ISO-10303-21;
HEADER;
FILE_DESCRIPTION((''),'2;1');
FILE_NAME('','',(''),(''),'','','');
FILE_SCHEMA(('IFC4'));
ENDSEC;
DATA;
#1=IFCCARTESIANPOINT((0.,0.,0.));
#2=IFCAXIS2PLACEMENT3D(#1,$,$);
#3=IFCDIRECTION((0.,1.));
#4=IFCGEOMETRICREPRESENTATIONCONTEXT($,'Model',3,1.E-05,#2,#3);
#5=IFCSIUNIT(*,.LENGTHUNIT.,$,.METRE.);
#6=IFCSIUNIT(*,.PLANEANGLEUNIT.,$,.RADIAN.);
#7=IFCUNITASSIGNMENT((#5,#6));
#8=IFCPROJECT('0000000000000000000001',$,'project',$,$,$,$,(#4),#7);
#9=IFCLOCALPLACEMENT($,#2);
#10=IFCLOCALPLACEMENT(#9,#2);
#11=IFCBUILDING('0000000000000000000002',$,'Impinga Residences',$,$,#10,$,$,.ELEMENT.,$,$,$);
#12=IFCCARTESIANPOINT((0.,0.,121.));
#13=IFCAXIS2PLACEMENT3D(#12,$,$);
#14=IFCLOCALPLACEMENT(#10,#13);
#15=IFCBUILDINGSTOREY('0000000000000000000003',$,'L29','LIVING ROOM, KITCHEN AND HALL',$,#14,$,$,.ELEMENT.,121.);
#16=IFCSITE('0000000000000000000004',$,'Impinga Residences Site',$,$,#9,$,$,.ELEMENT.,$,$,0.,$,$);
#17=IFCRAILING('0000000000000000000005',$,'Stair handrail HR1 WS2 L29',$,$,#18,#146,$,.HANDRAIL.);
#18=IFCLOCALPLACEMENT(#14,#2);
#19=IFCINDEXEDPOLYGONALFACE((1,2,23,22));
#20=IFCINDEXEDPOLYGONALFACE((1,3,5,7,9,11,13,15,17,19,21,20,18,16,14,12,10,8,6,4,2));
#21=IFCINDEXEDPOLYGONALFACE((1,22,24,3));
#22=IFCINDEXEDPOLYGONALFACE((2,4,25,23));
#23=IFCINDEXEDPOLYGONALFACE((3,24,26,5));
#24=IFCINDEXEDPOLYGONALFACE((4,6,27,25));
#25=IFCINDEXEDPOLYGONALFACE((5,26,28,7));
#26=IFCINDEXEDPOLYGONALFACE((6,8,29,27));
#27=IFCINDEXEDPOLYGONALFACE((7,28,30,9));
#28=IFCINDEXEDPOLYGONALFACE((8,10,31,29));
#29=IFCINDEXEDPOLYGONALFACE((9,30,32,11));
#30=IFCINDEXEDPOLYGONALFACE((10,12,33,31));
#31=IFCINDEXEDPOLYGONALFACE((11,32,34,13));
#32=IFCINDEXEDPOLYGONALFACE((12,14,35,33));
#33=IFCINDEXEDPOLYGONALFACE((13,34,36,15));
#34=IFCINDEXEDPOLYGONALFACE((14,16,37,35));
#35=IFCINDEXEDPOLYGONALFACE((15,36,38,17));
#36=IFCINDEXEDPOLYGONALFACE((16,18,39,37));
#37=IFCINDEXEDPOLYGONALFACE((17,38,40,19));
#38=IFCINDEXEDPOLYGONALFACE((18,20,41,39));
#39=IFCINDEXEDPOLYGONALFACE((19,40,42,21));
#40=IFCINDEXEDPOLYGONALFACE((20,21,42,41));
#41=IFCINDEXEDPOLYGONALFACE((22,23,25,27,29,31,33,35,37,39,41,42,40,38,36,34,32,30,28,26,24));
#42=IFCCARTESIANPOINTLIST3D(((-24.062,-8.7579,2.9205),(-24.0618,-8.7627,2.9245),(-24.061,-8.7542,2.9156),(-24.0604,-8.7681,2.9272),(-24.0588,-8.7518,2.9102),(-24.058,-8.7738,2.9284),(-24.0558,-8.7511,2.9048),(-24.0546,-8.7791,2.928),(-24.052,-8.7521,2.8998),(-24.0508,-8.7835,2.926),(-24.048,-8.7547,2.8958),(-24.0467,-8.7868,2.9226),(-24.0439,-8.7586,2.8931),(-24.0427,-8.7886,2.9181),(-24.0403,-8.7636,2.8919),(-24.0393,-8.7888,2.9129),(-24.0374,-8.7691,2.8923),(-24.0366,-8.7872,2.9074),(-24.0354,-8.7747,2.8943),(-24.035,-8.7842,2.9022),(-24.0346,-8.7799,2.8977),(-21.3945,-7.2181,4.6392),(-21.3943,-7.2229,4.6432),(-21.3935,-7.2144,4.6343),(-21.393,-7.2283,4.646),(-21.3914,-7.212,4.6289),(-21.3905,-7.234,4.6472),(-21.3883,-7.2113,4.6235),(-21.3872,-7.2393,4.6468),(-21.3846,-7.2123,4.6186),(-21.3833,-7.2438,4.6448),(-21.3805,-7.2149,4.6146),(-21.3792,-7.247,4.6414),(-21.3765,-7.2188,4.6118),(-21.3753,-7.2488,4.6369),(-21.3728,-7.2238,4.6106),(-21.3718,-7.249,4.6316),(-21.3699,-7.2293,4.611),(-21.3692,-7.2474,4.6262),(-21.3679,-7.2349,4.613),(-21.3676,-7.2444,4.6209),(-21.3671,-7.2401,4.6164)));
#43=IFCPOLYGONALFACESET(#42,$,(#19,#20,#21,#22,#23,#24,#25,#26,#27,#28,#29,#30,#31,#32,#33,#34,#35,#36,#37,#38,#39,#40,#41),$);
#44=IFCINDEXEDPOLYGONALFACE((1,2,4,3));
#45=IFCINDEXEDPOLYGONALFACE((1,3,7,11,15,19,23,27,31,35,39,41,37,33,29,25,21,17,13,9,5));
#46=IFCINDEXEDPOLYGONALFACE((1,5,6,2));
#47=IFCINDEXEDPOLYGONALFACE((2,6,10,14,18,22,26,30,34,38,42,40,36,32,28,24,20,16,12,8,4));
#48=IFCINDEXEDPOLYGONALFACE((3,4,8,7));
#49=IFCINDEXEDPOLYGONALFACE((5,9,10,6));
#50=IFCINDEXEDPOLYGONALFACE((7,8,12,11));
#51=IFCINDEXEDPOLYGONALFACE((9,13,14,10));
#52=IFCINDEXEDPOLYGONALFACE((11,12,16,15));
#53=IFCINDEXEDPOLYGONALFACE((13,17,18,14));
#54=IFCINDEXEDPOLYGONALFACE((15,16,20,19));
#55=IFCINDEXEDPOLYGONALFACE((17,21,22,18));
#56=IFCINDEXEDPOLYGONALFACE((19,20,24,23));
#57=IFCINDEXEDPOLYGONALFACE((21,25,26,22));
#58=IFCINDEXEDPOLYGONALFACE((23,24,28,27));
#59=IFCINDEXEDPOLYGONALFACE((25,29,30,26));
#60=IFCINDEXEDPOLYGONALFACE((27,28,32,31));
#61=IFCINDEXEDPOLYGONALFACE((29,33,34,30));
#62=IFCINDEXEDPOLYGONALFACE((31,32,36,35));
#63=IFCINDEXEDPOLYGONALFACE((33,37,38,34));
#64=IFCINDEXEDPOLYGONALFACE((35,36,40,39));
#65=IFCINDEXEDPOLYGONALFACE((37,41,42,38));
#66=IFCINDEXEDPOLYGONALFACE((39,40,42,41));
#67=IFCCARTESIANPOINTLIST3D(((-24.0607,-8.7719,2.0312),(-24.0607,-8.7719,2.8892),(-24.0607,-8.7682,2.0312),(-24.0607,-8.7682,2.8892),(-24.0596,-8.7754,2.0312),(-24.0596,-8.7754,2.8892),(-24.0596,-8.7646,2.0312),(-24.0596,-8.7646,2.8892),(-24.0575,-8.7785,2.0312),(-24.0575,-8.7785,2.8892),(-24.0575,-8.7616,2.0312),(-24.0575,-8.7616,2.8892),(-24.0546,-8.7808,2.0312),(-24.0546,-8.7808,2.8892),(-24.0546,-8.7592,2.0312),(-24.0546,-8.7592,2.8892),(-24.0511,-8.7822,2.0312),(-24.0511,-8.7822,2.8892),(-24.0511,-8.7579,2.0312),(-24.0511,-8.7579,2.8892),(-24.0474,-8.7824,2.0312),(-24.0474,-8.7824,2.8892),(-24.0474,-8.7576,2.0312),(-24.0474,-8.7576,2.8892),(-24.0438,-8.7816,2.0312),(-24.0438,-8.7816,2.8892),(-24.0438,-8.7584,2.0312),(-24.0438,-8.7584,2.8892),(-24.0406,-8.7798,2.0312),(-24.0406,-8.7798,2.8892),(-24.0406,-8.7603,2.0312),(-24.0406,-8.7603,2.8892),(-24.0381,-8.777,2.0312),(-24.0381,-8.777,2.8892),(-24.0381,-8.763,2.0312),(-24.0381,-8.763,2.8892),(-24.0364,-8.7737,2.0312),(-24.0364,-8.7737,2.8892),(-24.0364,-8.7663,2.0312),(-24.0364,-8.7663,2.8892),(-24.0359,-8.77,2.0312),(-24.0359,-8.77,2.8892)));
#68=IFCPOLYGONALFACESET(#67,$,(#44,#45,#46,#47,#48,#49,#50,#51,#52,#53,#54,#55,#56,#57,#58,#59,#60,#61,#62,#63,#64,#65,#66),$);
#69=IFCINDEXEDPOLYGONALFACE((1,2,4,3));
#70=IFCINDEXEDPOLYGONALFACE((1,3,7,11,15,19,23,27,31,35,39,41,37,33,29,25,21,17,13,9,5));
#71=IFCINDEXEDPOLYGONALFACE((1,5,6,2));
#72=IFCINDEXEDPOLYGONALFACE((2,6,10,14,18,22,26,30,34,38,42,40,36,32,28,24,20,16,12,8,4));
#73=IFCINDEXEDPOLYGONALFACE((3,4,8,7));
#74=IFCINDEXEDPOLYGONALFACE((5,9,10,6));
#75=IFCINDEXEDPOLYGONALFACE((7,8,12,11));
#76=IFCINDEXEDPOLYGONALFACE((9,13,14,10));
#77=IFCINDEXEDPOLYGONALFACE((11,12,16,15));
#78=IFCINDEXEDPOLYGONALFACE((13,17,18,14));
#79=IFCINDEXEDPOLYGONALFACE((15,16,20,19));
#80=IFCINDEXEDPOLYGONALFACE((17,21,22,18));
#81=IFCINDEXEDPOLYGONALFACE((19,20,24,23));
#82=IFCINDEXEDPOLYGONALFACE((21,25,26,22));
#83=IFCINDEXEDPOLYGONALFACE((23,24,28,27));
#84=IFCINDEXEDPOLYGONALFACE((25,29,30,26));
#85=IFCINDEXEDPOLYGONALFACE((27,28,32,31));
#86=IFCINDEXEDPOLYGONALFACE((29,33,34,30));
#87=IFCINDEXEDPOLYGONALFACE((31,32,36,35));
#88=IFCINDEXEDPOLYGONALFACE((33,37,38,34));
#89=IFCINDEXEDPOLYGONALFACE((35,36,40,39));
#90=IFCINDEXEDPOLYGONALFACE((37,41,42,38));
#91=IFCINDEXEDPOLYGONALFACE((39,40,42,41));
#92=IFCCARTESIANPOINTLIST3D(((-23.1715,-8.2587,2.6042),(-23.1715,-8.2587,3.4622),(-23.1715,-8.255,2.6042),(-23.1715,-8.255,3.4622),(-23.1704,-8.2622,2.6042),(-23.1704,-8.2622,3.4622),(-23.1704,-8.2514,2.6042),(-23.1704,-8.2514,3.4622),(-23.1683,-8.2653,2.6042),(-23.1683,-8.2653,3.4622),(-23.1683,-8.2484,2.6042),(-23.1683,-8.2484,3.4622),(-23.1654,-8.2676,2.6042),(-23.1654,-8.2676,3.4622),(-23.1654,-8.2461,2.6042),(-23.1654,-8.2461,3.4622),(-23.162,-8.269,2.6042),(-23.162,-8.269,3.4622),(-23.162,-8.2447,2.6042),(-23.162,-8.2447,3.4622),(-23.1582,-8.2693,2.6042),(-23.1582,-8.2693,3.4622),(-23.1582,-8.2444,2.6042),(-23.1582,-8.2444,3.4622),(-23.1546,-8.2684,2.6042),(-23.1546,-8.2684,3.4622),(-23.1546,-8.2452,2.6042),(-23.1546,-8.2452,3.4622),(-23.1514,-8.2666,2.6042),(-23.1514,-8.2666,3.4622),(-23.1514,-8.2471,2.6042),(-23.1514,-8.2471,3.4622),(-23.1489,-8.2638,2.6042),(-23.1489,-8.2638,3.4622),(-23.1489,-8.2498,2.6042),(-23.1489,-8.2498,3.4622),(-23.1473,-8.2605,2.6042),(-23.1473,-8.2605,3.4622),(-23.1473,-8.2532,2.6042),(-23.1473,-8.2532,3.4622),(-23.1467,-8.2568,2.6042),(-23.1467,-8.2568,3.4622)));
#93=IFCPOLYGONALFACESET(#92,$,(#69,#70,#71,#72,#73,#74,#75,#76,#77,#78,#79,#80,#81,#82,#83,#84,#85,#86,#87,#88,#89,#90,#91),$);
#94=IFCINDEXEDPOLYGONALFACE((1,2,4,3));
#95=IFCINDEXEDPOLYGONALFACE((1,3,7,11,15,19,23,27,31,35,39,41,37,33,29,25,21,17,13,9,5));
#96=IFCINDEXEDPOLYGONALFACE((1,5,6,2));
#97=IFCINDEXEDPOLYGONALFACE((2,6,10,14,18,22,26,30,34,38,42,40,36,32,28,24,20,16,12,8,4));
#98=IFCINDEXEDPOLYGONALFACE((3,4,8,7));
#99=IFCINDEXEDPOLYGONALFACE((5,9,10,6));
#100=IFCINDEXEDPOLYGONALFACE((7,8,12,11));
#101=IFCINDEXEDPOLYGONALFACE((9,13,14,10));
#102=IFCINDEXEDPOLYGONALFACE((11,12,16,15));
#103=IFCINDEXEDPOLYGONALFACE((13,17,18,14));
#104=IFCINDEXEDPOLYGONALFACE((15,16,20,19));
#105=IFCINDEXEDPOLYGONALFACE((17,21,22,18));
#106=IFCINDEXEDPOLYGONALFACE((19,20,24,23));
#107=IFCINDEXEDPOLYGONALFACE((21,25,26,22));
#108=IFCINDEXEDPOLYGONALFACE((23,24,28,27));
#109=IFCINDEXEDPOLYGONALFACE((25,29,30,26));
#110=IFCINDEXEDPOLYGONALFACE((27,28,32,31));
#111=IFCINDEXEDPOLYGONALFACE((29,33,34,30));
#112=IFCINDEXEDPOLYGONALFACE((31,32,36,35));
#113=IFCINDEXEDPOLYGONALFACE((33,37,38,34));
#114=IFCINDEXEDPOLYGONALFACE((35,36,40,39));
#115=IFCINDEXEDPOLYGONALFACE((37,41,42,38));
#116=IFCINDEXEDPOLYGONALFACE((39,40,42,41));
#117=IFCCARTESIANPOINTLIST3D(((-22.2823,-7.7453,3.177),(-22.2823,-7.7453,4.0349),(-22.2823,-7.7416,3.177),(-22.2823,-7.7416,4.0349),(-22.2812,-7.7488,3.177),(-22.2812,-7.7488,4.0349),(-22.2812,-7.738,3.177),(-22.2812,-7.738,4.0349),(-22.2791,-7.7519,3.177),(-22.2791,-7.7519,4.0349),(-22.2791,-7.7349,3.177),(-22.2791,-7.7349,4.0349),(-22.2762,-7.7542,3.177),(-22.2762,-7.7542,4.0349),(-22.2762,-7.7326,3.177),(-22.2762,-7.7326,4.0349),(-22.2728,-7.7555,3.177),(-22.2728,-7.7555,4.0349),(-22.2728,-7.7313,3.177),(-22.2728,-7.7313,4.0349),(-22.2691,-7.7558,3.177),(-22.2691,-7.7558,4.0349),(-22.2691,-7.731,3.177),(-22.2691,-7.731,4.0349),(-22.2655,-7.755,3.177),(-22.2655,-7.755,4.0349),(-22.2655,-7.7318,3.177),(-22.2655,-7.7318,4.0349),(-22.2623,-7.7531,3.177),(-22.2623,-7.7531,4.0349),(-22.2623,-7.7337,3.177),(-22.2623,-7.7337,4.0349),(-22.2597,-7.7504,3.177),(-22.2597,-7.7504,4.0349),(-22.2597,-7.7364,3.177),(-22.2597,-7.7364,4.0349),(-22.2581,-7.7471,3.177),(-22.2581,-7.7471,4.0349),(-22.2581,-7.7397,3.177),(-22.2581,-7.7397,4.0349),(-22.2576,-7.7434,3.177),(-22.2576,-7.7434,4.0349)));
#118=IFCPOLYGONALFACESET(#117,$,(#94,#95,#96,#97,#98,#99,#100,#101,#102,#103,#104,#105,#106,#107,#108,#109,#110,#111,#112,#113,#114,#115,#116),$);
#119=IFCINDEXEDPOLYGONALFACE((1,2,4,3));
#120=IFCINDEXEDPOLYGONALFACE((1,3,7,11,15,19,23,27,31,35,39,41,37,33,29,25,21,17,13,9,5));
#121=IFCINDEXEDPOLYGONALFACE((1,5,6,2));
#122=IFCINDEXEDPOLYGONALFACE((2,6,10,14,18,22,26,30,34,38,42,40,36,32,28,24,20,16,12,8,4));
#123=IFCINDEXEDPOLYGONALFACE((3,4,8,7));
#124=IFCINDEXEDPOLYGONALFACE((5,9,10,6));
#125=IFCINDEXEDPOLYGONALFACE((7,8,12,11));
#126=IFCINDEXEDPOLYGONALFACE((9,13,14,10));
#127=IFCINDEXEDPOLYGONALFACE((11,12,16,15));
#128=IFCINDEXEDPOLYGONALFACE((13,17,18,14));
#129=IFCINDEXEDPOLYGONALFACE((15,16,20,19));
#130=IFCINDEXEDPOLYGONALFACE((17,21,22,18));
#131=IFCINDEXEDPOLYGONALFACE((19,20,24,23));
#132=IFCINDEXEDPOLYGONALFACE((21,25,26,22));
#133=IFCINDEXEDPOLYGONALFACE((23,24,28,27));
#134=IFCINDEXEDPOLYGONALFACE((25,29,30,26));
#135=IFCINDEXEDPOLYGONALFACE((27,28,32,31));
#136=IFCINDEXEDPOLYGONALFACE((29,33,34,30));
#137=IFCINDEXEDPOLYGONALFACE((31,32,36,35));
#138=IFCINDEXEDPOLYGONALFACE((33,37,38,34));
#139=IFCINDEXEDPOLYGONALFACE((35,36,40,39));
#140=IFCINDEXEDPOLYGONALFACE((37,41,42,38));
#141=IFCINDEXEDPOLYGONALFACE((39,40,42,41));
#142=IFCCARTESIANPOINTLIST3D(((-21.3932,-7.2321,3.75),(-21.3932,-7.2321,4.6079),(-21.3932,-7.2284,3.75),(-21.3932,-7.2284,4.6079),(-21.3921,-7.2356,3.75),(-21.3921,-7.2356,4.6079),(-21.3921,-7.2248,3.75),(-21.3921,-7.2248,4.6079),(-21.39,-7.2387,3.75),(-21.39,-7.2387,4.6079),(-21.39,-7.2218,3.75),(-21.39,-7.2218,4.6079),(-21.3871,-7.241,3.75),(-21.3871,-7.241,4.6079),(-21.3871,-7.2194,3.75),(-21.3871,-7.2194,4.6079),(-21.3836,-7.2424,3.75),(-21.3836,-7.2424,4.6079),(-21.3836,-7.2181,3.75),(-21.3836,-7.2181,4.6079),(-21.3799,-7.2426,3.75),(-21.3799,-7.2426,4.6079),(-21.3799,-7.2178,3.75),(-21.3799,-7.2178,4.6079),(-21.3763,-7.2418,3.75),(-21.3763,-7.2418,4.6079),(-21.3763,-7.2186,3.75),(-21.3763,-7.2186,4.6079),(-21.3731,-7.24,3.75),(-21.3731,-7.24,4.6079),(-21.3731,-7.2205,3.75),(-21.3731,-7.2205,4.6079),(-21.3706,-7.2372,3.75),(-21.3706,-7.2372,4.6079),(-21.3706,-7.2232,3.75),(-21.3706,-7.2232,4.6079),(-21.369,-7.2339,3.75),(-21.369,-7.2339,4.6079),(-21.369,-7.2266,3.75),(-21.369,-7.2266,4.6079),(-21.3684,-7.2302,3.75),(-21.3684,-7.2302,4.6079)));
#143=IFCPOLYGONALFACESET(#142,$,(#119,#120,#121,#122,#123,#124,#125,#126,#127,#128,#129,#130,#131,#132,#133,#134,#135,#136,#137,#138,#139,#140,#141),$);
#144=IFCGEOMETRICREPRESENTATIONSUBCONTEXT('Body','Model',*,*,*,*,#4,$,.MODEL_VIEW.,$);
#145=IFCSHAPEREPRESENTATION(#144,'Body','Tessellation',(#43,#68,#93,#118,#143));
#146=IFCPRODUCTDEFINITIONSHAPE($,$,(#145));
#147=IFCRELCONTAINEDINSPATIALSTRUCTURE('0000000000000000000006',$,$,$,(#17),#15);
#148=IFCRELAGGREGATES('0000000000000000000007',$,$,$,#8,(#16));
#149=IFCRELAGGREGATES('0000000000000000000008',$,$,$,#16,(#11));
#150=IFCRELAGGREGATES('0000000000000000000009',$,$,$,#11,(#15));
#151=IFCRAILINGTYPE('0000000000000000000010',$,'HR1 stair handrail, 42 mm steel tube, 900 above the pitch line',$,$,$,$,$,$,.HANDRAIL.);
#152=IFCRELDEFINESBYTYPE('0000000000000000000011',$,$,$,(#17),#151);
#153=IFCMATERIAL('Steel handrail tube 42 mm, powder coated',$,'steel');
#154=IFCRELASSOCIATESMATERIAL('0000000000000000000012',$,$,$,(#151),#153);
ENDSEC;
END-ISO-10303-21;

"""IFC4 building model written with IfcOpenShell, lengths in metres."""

from ifc_helpers import new_model, si_unit, direction, frame, origin, origin_2d, place, context, subcontext, project, spatial, circle, extrude, material, type_object, element, save


model = new_model("IFC4")

# Units and contexts
model_context = context("Model", 3, precision=1e-05, world=origin(), true_north=direction((0.0, 1.0)))
body_context = subcontext(model_context, "Body", "Model", "MODEL_VIEW")
ifc_project = project(units=[si_unit("LENGTHUNIT", "METRE"), si_unit("PLANEANGLEUNIT", "RADIAN")], contexts=[model_context])

# Site, building, storey
site_placement = place(None, origin())
site = spatial("IfcSite", under=ifc_project, at=site_placement, Name="Impinga Residences Site", CompositionType="ELEMENT", RefElevation=0.0)
building_placement = place(site_placement, origin())
building = spatial("IfcBuilding", under=site, at=building_placement, Name="Impinga Residences", CompositionType="ELEMENT")
storey_placement = place(building_placement, frame((0.0, 0.0, 121.0)))
storey = spatial("IfcBuildingStorey", under=building, at=storey_placement, Name="L29", Description="LIVING ROOM, KITCHEN AND HALL", CompositionType="ELEMENT", Elevation=121.0)

# Railing
ifc_material_1 = material(Name="Steel handrail tube 42 mm, powder coated", Category="steel")
railing_type_1 = type_object("IfcRailingType", Name="HR1 stair handrail, 42 mm steel tube, 900 above the pitch line", PredefinedType="HANDRAIL", material=ifc_material_1)
railing_1_placement = place(storey_placement, frame((-24.0483, -8.77, 2.0312)))
element("IfcRailing", 1, at=railing_1_placement, inside=storey, type_object=railing_type_1, Name="Stair handrail HR1 WS2 L29", PredefinedType="HANDRAIL", context=body_context, shape_type="SweptSolid", body=[
    extrude(circle(Radius=0.021, at=origin_2d()), frame((0.0, 0.0, 0.8789), z_axis=(0.756279, 0.43656, 0.487297), x_axis=(-0.499933, 0.866064, 0.0)), (0.0, 0.0, 1.0), 3.5271),
    extrude(circle(Radius=0.0125, at=origin_2d()), origin(), (0.0, 0.0, 1.0), 0.8579),
    extrude(circle(Radius=0.0125, at=origin_2d()), frame((0.8892, 0.5132, 0.573)), (0.0, 0.0, 1.0), 0.8579),
    extrude(circle(Radius=0.0125, at=origin_2d()), frame((1.7783, 1.0266, 1.1458)), (0.0, 0.0, 1.0), 0.8579),
    extrude(circle(Radius=0.0125, at=origin_2d()), frame((2.6675, 1.5398, 1.7188)), (0.0, 0.0, 1.0), 0.8579),
])

save(model, "model.ifc")
